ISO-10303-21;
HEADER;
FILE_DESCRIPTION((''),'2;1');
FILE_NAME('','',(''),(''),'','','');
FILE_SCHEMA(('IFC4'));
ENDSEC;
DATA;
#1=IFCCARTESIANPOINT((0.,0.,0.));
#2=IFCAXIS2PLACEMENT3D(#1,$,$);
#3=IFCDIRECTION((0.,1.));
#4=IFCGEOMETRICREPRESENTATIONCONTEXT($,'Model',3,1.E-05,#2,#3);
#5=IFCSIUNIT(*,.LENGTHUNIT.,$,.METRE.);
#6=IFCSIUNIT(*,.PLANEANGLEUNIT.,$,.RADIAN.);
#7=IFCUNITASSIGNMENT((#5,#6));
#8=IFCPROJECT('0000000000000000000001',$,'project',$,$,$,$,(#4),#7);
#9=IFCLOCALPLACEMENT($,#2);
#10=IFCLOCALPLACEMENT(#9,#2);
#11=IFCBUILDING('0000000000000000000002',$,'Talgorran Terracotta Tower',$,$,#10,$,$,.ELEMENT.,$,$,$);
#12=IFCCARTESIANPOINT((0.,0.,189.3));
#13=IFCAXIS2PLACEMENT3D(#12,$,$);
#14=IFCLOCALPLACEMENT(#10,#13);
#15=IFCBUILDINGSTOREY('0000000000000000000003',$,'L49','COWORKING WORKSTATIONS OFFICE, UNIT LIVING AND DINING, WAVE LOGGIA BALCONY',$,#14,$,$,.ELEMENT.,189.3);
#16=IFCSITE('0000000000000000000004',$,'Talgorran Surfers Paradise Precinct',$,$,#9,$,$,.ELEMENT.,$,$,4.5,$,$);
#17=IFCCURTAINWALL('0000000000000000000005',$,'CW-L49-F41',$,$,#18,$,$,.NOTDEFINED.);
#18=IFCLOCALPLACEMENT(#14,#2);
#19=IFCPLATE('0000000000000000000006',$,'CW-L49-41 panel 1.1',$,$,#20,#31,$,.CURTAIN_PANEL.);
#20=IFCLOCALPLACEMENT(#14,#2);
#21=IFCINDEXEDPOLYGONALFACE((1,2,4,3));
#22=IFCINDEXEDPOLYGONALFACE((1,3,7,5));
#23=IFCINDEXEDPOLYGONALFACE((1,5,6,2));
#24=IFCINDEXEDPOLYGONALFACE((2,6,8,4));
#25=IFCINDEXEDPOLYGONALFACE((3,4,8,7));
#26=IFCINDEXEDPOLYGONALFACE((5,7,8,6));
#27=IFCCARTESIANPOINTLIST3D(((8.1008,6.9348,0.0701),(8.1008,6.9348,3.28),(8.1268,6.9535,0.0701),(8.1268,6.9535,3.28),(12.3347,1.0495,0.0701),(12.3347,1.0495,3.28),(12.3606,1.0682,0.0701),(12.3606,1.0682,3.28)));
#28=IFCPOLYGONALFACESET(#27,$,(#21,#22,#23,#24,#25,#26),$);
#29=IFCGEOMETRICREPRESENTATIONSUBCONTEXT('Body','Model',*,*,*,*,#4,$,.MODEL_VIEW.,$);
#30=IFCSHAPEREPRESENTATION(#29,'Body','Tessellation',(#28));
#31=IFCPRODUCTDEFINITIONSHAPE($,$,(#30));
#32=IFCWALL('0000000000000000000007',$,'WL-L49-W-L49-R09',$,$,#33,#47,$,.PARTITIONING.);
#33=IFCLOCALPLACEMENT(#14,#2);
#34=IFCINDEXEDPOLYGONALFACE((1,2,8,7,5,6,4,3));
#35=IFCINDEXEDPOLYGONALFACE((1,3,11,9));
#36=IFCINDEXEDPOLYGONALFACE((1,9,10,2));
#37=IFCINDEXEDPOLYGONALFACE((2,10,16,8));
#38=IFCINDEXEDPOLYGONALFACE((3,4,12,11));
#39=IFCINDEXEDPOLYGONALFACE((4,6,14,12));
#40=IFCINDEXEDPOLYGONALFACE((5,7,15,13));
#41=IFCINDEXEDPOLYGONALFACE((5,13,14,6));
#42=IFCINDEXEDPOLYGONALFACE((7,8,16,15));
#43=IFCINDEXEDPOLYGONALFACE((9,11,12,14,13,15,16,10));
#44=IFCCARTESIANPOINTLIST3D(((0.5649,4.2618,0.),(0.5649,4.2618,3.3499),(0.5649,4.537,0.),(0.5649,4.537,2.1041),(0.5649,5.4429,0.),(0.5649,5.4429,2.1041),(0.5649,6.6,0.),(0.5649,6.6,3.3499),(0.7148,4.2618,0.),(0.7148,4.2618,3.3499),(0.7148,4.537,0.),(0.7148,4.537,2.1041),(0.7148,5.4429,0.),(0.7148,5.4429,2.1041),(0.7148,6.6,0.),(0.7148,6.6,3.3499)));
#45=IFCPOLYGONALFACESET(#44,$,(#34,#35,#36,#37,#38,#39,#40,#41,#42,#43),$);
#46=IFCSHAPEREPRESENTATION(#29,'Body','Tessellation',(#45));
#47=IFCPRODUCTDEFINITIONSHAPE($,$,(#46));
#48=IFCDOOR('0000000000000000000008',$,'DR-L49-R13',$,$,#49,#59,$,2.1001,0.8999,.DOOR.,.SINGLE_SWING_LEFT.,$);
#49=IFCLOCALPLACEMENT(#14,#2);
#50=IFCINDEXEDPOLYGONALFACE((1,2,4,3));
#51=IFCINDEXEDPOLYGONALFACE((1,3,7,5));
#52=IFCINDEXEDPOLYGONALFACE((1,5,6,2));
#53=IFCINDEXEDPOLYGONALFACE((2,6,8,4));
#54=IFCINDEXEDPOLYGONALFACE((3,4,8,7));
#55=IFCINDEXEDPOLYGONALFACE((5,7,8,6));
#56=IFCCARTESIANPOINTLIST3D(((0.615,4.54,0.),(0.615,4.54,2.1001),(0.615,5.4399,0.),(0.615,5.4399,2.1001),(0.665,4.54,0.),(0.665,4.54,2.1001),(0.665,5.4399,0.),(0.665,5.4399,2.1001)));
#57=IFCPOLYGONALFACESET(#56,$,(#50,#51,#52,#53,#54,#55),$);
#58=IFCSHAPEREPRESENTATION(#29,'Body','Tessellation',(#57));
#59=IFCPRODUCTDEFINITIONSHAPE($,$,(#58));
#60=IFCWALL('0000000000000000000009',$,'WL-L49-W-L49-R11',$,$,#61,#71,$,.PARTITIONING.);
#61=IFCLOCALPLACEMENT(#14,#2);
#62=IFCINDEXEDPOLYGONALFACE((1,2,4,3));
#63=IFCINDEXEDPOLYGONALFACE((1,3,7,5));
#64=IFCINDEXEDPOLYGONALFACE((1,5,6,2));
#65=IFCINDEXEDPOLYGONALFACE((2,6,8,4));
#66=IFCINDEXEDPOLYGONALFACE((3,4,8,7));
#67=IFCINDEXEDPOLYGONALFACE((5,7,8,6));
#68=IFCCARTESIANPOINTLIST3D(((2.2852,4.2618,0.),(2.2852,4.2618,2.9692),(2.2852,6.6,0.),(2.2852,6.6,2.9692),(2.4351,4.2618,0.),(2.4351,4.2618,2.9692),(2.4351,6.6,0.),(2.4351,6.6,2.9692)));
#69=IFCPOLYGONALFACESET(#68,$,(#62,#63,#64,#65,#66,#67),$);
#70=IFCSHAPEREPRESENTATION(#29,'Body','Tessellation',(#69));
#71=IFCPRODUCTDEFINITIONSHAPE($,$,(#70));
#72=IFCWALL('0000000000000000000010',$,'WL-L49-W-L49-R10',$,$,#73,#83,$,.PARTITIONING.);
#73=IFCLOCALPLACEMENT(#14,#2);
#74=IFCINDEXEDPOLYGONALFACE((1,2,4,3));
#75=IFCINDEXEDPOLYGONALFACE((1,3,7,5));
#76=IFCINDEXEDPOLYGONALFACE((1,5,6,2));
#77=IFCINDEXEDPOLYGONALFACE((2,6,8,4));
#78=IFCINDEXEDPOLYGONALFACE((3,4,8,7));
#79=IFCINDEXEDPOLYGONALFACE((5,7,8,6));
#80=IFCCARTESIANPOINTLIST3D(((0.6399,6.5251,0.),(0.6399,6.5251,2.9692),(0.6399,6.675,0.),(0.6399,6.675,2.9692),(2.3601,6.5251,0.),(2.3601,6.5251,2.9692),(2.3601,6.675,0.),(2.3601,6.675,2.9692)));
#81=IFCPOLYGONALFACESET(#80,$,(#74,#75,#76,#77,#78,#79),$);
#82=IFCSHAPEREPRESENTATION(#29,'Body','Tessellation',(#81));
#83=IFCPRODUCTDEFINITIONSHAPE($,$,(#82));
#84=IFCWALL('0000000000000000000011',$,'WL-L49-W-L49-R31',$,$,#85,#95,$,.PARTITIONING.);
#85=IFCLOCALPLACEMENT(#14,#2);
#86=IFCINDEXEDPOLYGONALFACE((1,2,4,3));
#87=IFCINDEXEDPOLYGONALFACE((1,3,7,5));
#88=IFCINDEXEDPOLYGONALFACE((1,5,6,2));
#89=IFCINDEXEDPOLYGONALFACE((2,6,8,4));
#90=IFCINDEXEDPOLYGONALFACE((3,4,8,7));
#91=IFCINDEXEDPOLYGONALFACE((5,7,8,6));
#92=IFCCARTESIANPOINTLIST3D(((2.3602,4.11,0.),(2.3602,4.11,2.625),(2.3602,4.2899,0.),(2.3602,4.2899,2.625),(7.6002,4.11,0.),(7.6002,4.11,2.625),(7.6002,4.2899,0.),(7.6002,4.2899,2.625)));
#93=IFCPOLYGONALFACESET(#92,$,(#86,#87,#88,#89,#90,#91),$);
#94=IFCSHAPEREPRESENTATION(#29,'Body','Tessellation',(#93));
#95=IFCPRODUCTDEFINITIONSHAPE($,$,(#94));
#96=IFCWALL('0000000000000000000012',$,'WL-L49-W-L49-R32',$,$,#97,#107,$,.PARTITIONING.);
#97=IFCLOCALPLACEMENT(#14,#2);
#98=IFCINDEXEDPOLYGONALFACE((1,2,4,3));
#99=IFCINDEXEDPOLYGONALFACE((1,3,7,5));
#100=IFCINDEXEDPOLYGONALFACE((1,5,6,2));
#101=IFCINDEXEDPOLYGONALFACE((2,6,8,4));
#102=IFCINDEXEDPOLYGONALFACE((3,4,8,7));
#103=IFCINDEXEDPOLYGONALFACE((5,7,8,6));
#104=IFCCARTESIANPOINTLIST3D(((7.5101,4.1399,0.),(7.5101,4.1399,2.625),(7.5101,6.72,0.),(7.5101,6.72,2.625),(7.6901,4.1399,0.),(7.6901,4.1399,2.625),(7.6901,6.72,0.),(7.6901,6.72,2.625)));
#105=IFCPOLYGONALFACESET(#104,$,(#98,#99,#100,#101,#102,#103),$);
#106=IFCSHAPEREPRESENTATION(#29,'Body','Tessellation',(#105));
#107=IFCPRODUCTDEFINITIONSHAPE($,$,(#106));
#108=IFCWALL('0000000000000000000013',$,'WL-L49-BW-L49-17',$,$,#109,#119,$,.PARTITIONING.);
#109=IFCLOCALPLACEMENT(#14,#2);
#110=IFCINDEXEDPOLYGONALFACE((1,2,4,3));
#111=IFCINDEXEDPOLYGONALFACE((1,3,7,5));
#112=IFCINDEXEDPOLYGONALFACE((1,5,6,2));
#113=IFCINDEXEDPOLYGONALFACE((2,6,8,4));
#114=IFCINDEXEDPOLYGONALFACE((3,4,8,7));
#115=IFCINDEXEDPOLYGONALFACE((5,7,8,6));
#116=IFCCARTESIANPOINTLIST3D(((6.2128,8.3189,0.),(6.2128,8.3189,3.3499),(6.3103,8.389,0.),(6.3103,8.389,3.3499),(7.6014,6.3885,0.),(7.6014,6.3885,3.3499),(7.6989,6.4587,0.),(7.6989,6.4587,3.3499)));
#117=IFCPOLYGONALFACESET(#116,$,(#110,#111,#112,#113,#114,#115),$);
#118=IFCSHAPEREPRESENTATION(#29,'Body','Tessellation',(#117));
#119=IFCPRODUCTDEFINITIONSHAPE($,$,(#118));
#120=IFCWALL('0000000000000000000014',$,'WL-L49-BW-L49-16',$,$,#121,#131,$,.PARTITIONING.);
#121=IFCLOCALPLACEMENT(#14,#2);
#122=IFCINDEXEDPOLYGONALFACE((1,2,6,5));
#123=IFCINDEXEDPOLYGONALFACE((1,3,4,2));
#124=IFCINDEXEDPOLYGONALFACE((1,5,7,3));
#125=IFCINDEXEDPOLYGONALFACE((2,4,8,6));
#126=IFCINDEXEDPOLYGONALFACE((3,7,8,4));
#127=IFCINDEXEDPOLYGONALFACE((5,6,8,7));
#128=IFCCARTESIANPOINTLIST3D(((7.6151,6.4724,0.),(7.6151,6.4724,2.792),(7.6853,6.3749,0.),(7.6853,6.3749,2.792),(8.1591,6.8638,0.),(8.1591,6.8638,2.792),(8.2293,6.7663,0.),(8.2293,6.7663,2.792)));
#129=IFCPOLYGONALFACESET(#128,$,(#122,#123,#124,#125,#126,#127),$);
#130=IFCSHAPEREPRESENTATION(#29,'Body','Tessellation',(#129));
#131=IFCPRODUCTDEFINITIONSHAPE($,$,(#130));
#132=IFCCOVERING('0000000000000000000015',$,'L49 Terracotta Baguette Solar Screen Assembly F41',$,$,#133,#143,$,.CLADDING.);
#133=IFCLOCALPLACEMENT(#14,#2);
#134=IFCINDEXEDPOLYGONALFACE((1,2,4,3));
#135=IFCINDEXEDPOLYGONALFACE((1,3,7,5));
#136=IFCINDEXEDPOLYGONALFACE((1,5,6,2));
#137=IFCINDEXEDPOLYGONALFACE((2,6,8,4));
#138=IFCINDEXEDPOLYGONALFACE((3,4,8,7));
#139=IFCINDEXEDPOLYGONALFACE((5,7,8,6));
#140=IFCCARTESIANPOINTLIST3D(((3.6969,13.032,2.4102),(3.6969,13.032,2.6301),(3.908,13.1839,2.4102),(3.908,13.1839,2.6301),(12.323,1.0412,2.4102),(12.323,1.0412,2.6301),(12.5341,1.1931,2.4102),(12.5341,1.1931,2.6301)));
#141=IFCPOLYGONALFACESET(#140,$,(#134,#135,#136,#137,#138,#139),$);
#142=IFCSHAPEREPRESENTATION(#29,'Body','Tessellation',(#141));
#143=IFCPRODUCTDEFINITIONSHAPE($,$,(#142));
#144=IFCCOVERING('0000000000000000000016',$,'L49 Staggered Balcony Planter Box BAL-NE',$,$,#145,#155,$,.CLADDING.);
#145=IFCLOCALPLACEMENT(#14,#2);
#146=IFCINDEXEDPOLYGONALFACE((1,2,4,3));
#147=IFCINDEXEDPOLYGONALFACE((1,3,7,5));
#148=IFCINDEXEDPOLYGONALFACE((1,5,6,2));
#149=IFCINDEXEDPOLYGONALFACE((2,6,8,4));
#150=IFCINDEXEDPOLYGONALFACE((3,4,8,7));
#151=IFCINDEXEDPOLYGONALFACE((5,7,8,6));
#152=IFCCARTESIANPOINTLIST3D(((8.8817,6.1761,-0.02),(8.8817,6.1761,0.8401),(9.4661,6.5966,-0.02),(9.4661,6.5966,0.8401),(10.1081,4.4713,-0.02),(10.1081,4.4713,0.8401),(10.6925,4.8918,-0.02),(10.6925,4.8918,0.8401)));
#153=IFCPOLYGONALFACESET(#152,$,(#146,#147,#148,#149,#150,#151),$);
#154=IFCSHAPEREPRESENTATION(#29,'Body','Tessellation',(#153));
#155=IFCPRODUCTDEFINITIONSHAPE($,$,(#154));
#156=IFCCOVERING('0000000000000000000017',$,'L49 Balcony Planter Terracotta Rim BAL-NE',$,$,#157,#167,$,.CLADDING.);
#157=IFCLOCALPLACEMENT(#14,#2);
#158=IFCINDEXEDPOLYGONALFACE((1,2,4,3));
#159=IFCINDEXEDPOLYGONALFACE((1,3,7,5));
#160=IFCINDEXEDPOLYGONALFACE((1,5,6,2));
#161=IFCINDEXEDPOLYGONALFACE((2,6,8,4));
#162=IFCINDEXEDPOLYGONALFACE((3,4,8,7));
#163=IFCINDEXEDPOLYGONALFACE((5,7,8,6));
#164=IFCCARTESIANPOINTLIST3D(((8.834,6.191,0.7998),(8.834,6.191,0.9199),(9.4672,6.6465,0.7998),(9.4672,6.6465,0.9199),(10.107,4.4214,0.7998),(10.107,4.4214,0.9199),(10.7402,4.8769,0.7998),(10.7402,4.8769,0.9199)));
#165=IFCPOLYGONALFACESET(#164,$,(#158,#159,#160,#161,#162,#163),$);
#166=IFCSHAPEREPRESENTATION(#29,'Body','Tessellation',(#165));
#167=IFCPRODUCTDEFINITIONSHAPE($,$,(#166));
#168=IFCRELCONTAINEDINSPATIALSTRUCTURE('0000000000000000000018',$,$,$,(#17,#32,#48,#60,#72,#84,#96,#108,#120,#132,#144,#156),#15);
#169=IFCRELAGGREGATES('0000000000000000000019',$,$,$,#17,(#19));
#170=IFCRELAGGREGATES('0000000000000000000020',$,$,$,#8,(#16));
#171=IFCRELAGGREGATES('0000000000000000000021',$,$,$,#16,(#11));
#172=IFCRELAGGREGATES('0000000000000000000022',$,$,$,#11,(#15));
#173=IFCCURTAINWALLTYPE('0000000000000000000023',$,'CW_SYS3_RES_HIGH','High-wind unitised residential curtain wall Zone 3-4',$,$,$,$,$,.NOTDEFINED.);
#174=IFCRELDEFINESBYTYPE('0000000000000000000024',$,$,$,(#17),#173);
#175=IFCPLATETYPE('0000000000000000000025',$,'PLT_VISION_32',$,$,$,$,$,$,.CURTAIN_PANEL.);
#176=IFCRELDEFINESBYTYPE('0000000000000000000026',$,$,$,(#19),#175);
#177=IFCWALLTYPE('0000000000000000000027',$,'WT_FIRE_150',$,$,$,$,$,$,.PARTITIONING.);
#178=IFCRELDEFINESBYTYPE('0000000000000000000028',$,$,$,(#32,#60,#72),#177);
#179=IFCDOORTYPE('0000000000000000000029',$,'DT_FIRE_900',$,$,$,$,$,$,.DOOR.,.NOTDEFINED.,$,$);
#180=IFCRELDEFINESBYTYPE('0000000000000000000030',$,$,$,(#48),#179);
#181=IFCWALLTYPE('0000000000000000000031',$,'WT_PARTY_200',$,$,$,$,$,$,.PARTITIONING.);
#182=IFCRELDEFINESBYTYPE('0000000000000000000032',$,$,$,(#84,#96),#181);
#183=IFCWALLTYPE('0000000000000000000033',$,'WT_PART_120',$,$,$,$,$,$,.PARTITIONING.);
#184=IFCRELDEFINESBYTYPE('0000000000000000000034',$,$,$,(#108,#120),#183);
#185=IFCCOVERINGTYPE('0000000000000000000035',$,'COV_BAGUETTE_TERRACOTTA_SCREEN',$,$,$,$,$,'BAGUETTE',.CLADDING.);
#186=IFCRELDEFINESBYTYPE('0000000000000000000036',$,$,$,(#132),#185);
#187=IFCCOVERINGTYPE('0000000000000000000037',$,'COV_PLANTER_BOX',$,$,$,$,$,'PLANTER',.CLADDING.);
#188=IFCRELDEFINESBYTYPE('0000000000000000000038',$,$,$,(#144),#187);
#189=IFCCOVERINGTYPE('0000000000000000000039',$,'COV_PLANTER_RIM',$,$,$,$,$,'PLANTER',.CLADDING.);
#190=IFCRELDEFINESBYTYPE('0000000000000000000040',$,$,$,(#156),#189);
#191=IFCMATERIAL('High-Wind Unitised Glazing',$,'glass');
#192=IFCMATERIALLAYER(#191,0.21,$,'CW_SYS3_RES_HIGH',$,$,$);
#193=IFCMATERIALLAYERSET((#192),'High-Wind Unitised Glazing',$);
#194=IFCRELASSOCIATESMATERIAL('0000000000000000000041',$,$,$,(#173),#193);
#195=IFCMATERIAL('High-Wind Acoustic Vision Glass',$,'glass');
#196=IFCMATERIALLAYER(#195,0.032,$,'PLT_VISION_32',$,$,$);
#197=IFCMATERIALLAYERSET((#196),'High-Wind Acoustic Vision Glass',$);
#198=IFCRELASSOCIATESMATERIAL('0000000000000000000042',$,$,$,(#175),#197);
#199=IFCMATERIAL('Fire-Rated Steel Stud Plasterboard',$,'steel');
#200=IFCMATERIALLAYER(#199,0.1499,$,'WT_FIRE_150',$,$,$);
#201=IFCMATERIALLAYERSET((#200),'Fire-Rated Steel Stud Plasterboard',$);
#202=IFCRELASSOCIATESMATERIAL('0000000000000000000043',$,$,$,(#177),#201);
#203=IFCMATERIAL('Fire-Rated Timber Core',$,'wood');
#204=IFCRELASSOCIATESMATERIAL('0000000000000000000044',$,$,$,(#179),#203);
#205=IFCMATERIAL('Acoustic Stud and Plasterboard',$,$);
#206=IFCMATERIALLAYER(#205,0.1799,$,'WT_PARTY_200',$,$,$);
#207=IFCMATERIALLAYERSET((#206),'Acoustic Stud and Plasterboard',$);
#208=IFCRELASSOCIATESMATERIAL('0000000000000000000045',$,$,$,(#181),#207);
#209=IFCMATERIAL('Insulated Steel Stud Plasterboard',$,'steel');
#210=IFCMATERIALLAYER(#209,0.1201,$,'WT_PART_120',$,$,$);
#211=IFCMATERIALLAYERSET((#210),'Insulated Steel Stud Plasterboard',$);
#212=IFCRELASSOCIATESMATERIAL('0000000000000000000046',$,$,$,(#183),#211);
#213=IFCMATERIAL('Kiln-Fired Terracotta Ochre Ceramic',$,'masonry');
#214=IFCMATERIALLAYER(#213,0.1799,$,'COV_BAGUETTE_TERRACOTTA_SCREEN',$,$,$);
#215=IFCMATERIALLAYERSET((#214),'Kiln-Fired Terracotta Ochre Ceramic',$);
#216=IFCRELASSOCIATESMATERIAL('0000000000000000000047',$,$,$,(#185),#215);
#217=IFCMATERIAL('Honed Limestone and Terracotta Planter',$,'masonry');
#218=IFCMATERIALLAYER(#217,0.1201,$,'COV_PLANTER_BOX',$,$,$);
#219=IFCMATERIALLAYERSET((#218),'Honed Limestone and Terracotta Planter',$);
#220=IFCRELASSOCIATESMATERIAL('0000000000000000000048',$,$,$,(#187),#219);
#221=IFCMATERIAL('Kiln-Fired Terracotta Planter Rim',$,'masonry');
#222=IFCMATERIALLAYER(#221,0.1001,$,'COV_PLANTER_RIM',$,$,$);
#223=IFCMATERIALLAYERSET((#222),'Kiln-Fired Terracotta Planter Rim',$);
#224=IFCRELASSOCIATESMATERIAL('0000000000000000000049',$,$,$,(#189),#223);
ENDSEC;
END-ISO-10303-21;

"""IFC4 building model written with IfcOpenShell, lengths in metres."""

from ifc_helpers import new_model, si_unit, direction, frame, frame_2d, origin, origin_2d, place, context, subcontext, project, spatial, rectangle, extrude, source, transform, mapped, material, layer, layer_set, type_object, type_shapes, element, fill, aggregate, save


model = new_model("IFC4")

# Units and contexts
model_context = context("Model", 3, precision=1e-05, world=origin(), true_north=direction((0.0, 1.0)))
body_context = subcontext(model_context, "Body", "Model", "MODEL_VIEW")
ifc_project = project(units=[si_unit("LENGTHUNIT", "METRE"), si_unit("PLANEANGLEUNIT", "RADIAN")], contexts=[model_context])

# Site, building, storey
site_placement = place(None, origin())
site = spatial("IfcSite", under=ifc_project, at=site_placement, Name="Talgorran Surfers Paradise Precinct", CompositionType="ELEMENT", RefElevation=4.5)
building_placement = place(site_placement, origin())
building = spatial("IfcBuilding", under=site, at=building_placement, Name="Talgorran Terracotta Tower", CompositionType="ELEMENT")
storey_placement = place(building_placement, frame((0.0, 0.0, 189.3)))
storey = spatial("IfcBuildingStorey", under=building, at=storey_placement, Name="L49", Description="COWORKING WORKSTATIONS OFFICE, UNIT LIVING AND DINING, WAVE LOGGIA BALCONY", CompositionType="ELEMENT", Elevation=189.3)

# Curtain wall
ifc_material_1 = material(Name="High-Wind Unitised Glazing", Category="glass")
ifc_layer_1 = layer(ifc_material_1, 0.21, Name="CW_SYS3_RES_HIGH")
ifc_layer_set_1 = layer_set([ifc_layer_1], Name="High-Wind Unitised Glazing")
curtain_wall_type = type_object("IfcCurtainWallType", Name="CW_SYS3_RES_HIGH", Description="High-wind unitised residential curtain wall Zone 3-4", PredefinedType="NOTDEFINED", material=ifc_layer_set_1)
curtain_wall_1_placement = place(storey_placement, origin())
curtain_wall_1 = element("IfcCurtainWall", 1, at=curtain_wall_1_placement, inside=storey, type_object=curtain_wall_type, Name="CW-L49-F41", PredefinedType="NOTDEFINED")

# Plate
ifc_material_2 = material(Name="High-Wind Acoustic Vision Glass", Category="glass")
ifc_layer_2 = layer(ifc_material_2, 0.032, Name="PLT_VISION_32")
ifc_layer_set_2 = layer_set([ifc_layer_2], Name="High-Wind Acoustic Vision Glass")
plate_type = type_object("IfcPlateType", Name="PLT_VISION_32", PredefinedType="CURTAIN_PANEL", material=ifc_layer_set_2)
shared_shape = source(origin(), body_context, "Body", "SweptSolid", [
    extrude(rectangle(XDim=7.25, YDim=0.032, at=origin_2d()), origin(), (0.0, 0.0, 1.0), 3.21),
])
type_shapes(plate_type, [shared_shape])
plate_placement = place(storey_placement, frame((10.2307, 4.0015, 0.0701), z_axis=(0.0, 0.0, 1.0), x_axis=(-0.583983, 0.811766, 0.0)))
plate = element("IfcPlate", 2, at=plate_placement, type_object=plate_type, Name="CW-L49-41 panel 1.1", PredefinedType="CURTAIN_PANEL", context=body_context, shape_type="MappedRepresentation", body=[
    mapped(shared_shape, transform((0.0, 0.0, 0.0), scale=1.0)),
])
aggregate(curtain_wall_1, [plate])

# Wall, opening, door
ifc_material_3 = material(Name="Fire-Rated Steel Stud Plasterboard", Category="steel")
ifc_layer_3 = layer(ifc_material_3, 0.1499, Name="WT_FIRE_150")
ifc_layer_set_3 = layer_set([ifc_layer_3], Name="Fire-Rated Steel Stud Plasterboard")
wall_type_1 = type_object("IfcWallType", Name="WT_FIRE_150", PredefinedType="PARTITIONING", material=ifc_layer_set_3)
wall_1_placement = place(storey_placement, frame((0.6399, 4.262, 0.0), z_axis=(0.0, 0.0, 1.0), x_axis=(0.0, 1.0, 0.0)))
wall_1 = element("IfcWall", 3, at=wall_1_placement, inside=storey, type_object=wall_type_1, Name="WL-L49-W-L49-R09", PredefinedType="PARTITIONING", context=body_context, shape_type="SweptSolid", body=[
    extrude(rectangle(XDim=2.3381, YDim=0.1499, at=frame_2d((1.1689, 0.0))), origin(), (0.0, 0.0, 1.0), 3.3499),
])
opening_placement = place(wall_1_placement, frame((0.2781, 0.0, 0.0)))
opening = element("IfcOpeningElement", 4, at=opening_placement, cuts=wall_1, PredefinedType="OPENING", context=body_context, shape_type="SweptSolid", body=[
    extrude(rectangle(XDim=0.9059, YDim=2.1041, at=frame_2d((0.45, 1.052))), frame((0.0, 0.085, 0.0), z_axis=(0.0, -1.0, 0.0), x_axis=(1.0, 0.0, 0.0)), (0.0, 0.0, 1.0), 0.1699),
])
ifc_material_4 = material(Name="Fire-Rated Timber Core", Category="wood")
door_type = type_object("IfcDoorType", Name="DT_FIRE_900", OperationType="NOTDEFINED", PredefinedType="DOOR", material=ifc_material_4)
door_placement = place(opening_placement, origin())
door = element("IfcDoor", 5, at=door_placement, inside=storey, type_object=door_type, Name="DR-L49-R13", OperationType="SINGLE_SWING_LEFT", OverallHeight=2.1001, OverallWidth=0.8999, PredefinedType="DOOR", context=body_context, shape_type="SweptSolid", body=[
    extrude(rectangle(XDim=0.8999, YDim=2.1001, at=frame_2d((0.45, 1.05))), frame((0.0, 0.0249, 0.0), z_axis=(0.0, -1.0, 0.0), x_axis=(1.0, 0.0, 0.0)), (0.0, 0.0, 1.0), 0.05),
])
fill(opening, door)

# Walls
wall_2_placement = place(storey_placement, frame((2.3601, 4.262, 0.0), z_axis=(0.0, 0.0, 1.0), x_axis=(0.0, 1.0, 0.0)))
element("IfcWall", 6, at=wall_2_placement, inside=storey, type_object=wall_type_1, Name="WL-L49-W-L49-R11", PredefinedType="PARTITIONING", context=body_context, shape_type="SweptSolid", body=[
    extrude(rectangle(XDim=2.3381, YDim=0.1499, at=frame_2d((1.1689, 0.0))), origin(), (0.0, 0.0, 1.0), 2.9692),
])
wall_3_placement = place(storey_placement, frame((0.6399, 6.6001, 0.0), z_axis=(0.0, 0.0, 1.0), x_axis=(1.0, 0.0, 0.0)))
element("IfcWall", 7, at=wall_3_placement, inside=storey, type_object=wall_type_1, Name="WL-L49-W-L49-R10", PredefinedType="PARTITIONING", context=body_context, shape_type="SweptSolid", body=[
    extrude(rectangle(XDim=1.7202, YDim=0.1499, at=frame_2d((0.8601, 0.0))), origin(), (0.0, 0.0, 1.0), 2.9692),
])
ifc_material_5 = material(Name="Acoustic Stud and Plasterboard")
ifc_layer_4 = layer(ifc_material_5, 0.1799, Name="WT_PARTY_200")
ifc_layer_set_4 = layer_set([ifc_layer_4], Name="Acoustic Stud and Plasterboard")
wall_type_2 = type_object("IfcWallType", Name="WT_PARTY_200", PredefinedType="PARTITIONING", material=ifc_layer_set_4)
wall_4_placement = place(storey_placement, frame((2.3601, 4.2, 0.0), z_axis=(0.0, 0.0, 1.0), x_axis=(1.0, 0.0, 0.0)))
element("IfcWall", 8, at=wall_4_placement, inside=storey, type_object=wall_type_2, Name="WL-L49-W-L49-R31", PredefinedType="PARTITIONING", context=body_context, shape_type="SweptSolid", body=[
    extrude(rectangle(XDim=5.24, YDim=0.1799, at=frame_2d((2.6201, 0.0))), origin(), (0.0, 0.0, 1.0), 2.625),
])
wall_5_placement = place(storey_placement, frame((7.6001, 4.1399, 0.0), z_axis=(0.0, 0.0, 1.0), x_axis=(0.0, 1.0, 0.0)))
element("IfcWall", 9, at=wall_5_placement, inside=storey, type_object=wall_type_2, Name="WL-L49-W-L49-R32", PredefinedType="PARTITIONING", context=body_context, shape_type="SweptSolid", body=[
    extrude(rectangle(XDim=2.5801, YDim=0.1799, at=frame_2d((1.29, 0.0))), origin(), (0.0, 0.0, 1.0), 2.625),
])
ifc_material_6 = material(Name="Insulated Steel Stud Plasterboard", Category="steel")
ifc_layer_5 = layer(ifc_material_6, 0.1201, Name="WT_PART_120")
ifc_layer_set_5 = layer_set([ifc_layer_5], Name="Insulated Steel Stud Plasterboard")
wall_type_3 = type_object("IfcWallType", Name="WT_PART_120", PredefinedType="PARTITIONING", material=ifc_layer_set_5)
wall_6_placement = place(storey_placement, frame((7.6501, 6.4236, 0.0), z_axis=(0.0, 0.0, 1.0), x_axis=(-0.583964, 0.81178, 0.0)))
element("IfcWall", 10, at=wall_6_placement, inside=storey, type_object=wall_type_3, Name="WL-L49-BW-L49-17", PredefinedType="PARTITIONING", context=body_context, shape_type="SweptSolid", body=[
    extrude(rectangle(XDim=2.3779, YDim=0.1201, at=frame_2d((1.189, 0.0))), origin(), (0.0, 0.0, 1.0), 3.3499),
])
wall_7_placement = place(storey_placement, frame((8.1941, 6.8149, 0.0), z_axis=(0.0, 0.0, 1.0), x_axis=(-0.811735, -0.584026, 0.0)))
element("IfcWall", 11, at=wall_7_placement, inside=storey, type_object=wall_type_3, Name="WL-L49-BW-L49-16", PredefinedType="PARTITIONING", context=body_context, shape_type="SweptSolid", body=[
    extrude(rectangle(XDim=0.6702, YDim=0.1201, at=frame_2d((0.335, 0.0))), origin(), (0.0, 0.0, 1.0), 2.792),
])

# Coverings
ifc_material_7 = material(Name="Kiln-Fired Terracotta Ochre Ceramic", Category="masonry")
ifc_layer_6 = layer(ifc_material_7, 0.1799, Name="COV_BAGUETTE_TERRACOTTA_SCREEN")
ifc_layer_set_6 = layer_set([ifc_layer_6], Name="Kiln-Fired Terracotta Ochre Ceramic")
covering_type_1 = type_object("IfcCoveringType", Name="COV_BAGUETTE_TERRACOTTA_SCREEN", ElementType="BAGUETTE", PredefinedType="CLADDING", material=ifc_layer_set_6)
covering_1_placement = place(storey_placement, frame((8.1155, 7.1125, 2.4102), z_axis=(0.0, 0.0, 1.0), x_axis=(-0.583981, 0.811768, 0.0)))
element("IfcCovering", 12, at=covering_1_placement, inside=storey, type_object=covering_type_1, Name="L49 Terracotta Baguette Solar Screen Assembly F41", PredefinedType="CLADDING", context=body_context, shape_type="SweptSolid", body=[
    extrude(rectangle(XDim=14.7712, YDim=0.26, at=origin_2d()), origin(), (0.0, 0.0, 1.0), 0.22),
])
ifc_material_8 = material(Name="Honed Limestone and Terracotta Planter", Category="masonry")
ifc_layer_7 = layer(ifc_material_8, 0.1201, Name="COV_PLANTER_BOX")
ifc_layer_set_7 = layer_set([ifc_layer_7], Name="Honed Limestone and Terracotta Planter")
covering_type_2 = type_object("IfcCoveringType", Name="COV_PLANTER_BOX", ElementType="PLANTER", PredefinedType="CLADDING", material=ifc_layer_set_7)
covering_2_placement = place(storey_placement, frame((9.7871, 5.5339, -0.02), z_axis=(0.0, 0.0, 1.0), x_axis=(-0.583981, 0.811768, 0.0)))
element("IfcCovering", 13, at=covering_2_placement, inside=storey, type_object=covering_type_2, Name="L49 Staggered Balcony Planter Box BAL-NE", PredefinedType="CLADDING", context=body_context, shape_type="SweptSolid", body=[
    extrude(rectangle(XDim=2.1001, YDim=0.72, at=origin_2d()), origin(), (0.0, 0.0, 1.0), 0.8601),
])
ifc_material_9 = material(Name="Kiln-Fired Terracotta Planter Rim", Category="masonry")
ifc_layer_8 = layer(ifc_material_9, 0.1001, Name="COV_PLANTER_RIM")
ifc_layer_set_8 = layer_set([ifc_layer_8], Name="Kiln-Fired Terracotta Planter Rim")
covering_type_3 = type_object("IfcCoveringType", Name="COV_PLANTER_RIM", ElementType="PLANTER", PredefinedType="CLADDING", material=ifc_layer_set_8)
covering_3_placement = place(storey_placement, frame((9.7871, 5.5339, 0.7998), z_axis=(0.0, 0.0, 1.0), x_axis=(-0.583981, 0.811768, 0.0)))
element("IfcCovering", 14, at=covering_3_placement, inside=storey, type_object=covering_type_3, Name="L49 Balcony Planter Terracotta Rim BAL-NE", PredefinedType="CLADDING", context=body_context, shape_type="SweptSolid", body=[
    extrude(rectangle(XDim=2.1799, YDim=0.78, at=origin_2d()), origin(), (0.0, 0.0, 1.0), 0.1201),
])

save(model, "model.ifc")
